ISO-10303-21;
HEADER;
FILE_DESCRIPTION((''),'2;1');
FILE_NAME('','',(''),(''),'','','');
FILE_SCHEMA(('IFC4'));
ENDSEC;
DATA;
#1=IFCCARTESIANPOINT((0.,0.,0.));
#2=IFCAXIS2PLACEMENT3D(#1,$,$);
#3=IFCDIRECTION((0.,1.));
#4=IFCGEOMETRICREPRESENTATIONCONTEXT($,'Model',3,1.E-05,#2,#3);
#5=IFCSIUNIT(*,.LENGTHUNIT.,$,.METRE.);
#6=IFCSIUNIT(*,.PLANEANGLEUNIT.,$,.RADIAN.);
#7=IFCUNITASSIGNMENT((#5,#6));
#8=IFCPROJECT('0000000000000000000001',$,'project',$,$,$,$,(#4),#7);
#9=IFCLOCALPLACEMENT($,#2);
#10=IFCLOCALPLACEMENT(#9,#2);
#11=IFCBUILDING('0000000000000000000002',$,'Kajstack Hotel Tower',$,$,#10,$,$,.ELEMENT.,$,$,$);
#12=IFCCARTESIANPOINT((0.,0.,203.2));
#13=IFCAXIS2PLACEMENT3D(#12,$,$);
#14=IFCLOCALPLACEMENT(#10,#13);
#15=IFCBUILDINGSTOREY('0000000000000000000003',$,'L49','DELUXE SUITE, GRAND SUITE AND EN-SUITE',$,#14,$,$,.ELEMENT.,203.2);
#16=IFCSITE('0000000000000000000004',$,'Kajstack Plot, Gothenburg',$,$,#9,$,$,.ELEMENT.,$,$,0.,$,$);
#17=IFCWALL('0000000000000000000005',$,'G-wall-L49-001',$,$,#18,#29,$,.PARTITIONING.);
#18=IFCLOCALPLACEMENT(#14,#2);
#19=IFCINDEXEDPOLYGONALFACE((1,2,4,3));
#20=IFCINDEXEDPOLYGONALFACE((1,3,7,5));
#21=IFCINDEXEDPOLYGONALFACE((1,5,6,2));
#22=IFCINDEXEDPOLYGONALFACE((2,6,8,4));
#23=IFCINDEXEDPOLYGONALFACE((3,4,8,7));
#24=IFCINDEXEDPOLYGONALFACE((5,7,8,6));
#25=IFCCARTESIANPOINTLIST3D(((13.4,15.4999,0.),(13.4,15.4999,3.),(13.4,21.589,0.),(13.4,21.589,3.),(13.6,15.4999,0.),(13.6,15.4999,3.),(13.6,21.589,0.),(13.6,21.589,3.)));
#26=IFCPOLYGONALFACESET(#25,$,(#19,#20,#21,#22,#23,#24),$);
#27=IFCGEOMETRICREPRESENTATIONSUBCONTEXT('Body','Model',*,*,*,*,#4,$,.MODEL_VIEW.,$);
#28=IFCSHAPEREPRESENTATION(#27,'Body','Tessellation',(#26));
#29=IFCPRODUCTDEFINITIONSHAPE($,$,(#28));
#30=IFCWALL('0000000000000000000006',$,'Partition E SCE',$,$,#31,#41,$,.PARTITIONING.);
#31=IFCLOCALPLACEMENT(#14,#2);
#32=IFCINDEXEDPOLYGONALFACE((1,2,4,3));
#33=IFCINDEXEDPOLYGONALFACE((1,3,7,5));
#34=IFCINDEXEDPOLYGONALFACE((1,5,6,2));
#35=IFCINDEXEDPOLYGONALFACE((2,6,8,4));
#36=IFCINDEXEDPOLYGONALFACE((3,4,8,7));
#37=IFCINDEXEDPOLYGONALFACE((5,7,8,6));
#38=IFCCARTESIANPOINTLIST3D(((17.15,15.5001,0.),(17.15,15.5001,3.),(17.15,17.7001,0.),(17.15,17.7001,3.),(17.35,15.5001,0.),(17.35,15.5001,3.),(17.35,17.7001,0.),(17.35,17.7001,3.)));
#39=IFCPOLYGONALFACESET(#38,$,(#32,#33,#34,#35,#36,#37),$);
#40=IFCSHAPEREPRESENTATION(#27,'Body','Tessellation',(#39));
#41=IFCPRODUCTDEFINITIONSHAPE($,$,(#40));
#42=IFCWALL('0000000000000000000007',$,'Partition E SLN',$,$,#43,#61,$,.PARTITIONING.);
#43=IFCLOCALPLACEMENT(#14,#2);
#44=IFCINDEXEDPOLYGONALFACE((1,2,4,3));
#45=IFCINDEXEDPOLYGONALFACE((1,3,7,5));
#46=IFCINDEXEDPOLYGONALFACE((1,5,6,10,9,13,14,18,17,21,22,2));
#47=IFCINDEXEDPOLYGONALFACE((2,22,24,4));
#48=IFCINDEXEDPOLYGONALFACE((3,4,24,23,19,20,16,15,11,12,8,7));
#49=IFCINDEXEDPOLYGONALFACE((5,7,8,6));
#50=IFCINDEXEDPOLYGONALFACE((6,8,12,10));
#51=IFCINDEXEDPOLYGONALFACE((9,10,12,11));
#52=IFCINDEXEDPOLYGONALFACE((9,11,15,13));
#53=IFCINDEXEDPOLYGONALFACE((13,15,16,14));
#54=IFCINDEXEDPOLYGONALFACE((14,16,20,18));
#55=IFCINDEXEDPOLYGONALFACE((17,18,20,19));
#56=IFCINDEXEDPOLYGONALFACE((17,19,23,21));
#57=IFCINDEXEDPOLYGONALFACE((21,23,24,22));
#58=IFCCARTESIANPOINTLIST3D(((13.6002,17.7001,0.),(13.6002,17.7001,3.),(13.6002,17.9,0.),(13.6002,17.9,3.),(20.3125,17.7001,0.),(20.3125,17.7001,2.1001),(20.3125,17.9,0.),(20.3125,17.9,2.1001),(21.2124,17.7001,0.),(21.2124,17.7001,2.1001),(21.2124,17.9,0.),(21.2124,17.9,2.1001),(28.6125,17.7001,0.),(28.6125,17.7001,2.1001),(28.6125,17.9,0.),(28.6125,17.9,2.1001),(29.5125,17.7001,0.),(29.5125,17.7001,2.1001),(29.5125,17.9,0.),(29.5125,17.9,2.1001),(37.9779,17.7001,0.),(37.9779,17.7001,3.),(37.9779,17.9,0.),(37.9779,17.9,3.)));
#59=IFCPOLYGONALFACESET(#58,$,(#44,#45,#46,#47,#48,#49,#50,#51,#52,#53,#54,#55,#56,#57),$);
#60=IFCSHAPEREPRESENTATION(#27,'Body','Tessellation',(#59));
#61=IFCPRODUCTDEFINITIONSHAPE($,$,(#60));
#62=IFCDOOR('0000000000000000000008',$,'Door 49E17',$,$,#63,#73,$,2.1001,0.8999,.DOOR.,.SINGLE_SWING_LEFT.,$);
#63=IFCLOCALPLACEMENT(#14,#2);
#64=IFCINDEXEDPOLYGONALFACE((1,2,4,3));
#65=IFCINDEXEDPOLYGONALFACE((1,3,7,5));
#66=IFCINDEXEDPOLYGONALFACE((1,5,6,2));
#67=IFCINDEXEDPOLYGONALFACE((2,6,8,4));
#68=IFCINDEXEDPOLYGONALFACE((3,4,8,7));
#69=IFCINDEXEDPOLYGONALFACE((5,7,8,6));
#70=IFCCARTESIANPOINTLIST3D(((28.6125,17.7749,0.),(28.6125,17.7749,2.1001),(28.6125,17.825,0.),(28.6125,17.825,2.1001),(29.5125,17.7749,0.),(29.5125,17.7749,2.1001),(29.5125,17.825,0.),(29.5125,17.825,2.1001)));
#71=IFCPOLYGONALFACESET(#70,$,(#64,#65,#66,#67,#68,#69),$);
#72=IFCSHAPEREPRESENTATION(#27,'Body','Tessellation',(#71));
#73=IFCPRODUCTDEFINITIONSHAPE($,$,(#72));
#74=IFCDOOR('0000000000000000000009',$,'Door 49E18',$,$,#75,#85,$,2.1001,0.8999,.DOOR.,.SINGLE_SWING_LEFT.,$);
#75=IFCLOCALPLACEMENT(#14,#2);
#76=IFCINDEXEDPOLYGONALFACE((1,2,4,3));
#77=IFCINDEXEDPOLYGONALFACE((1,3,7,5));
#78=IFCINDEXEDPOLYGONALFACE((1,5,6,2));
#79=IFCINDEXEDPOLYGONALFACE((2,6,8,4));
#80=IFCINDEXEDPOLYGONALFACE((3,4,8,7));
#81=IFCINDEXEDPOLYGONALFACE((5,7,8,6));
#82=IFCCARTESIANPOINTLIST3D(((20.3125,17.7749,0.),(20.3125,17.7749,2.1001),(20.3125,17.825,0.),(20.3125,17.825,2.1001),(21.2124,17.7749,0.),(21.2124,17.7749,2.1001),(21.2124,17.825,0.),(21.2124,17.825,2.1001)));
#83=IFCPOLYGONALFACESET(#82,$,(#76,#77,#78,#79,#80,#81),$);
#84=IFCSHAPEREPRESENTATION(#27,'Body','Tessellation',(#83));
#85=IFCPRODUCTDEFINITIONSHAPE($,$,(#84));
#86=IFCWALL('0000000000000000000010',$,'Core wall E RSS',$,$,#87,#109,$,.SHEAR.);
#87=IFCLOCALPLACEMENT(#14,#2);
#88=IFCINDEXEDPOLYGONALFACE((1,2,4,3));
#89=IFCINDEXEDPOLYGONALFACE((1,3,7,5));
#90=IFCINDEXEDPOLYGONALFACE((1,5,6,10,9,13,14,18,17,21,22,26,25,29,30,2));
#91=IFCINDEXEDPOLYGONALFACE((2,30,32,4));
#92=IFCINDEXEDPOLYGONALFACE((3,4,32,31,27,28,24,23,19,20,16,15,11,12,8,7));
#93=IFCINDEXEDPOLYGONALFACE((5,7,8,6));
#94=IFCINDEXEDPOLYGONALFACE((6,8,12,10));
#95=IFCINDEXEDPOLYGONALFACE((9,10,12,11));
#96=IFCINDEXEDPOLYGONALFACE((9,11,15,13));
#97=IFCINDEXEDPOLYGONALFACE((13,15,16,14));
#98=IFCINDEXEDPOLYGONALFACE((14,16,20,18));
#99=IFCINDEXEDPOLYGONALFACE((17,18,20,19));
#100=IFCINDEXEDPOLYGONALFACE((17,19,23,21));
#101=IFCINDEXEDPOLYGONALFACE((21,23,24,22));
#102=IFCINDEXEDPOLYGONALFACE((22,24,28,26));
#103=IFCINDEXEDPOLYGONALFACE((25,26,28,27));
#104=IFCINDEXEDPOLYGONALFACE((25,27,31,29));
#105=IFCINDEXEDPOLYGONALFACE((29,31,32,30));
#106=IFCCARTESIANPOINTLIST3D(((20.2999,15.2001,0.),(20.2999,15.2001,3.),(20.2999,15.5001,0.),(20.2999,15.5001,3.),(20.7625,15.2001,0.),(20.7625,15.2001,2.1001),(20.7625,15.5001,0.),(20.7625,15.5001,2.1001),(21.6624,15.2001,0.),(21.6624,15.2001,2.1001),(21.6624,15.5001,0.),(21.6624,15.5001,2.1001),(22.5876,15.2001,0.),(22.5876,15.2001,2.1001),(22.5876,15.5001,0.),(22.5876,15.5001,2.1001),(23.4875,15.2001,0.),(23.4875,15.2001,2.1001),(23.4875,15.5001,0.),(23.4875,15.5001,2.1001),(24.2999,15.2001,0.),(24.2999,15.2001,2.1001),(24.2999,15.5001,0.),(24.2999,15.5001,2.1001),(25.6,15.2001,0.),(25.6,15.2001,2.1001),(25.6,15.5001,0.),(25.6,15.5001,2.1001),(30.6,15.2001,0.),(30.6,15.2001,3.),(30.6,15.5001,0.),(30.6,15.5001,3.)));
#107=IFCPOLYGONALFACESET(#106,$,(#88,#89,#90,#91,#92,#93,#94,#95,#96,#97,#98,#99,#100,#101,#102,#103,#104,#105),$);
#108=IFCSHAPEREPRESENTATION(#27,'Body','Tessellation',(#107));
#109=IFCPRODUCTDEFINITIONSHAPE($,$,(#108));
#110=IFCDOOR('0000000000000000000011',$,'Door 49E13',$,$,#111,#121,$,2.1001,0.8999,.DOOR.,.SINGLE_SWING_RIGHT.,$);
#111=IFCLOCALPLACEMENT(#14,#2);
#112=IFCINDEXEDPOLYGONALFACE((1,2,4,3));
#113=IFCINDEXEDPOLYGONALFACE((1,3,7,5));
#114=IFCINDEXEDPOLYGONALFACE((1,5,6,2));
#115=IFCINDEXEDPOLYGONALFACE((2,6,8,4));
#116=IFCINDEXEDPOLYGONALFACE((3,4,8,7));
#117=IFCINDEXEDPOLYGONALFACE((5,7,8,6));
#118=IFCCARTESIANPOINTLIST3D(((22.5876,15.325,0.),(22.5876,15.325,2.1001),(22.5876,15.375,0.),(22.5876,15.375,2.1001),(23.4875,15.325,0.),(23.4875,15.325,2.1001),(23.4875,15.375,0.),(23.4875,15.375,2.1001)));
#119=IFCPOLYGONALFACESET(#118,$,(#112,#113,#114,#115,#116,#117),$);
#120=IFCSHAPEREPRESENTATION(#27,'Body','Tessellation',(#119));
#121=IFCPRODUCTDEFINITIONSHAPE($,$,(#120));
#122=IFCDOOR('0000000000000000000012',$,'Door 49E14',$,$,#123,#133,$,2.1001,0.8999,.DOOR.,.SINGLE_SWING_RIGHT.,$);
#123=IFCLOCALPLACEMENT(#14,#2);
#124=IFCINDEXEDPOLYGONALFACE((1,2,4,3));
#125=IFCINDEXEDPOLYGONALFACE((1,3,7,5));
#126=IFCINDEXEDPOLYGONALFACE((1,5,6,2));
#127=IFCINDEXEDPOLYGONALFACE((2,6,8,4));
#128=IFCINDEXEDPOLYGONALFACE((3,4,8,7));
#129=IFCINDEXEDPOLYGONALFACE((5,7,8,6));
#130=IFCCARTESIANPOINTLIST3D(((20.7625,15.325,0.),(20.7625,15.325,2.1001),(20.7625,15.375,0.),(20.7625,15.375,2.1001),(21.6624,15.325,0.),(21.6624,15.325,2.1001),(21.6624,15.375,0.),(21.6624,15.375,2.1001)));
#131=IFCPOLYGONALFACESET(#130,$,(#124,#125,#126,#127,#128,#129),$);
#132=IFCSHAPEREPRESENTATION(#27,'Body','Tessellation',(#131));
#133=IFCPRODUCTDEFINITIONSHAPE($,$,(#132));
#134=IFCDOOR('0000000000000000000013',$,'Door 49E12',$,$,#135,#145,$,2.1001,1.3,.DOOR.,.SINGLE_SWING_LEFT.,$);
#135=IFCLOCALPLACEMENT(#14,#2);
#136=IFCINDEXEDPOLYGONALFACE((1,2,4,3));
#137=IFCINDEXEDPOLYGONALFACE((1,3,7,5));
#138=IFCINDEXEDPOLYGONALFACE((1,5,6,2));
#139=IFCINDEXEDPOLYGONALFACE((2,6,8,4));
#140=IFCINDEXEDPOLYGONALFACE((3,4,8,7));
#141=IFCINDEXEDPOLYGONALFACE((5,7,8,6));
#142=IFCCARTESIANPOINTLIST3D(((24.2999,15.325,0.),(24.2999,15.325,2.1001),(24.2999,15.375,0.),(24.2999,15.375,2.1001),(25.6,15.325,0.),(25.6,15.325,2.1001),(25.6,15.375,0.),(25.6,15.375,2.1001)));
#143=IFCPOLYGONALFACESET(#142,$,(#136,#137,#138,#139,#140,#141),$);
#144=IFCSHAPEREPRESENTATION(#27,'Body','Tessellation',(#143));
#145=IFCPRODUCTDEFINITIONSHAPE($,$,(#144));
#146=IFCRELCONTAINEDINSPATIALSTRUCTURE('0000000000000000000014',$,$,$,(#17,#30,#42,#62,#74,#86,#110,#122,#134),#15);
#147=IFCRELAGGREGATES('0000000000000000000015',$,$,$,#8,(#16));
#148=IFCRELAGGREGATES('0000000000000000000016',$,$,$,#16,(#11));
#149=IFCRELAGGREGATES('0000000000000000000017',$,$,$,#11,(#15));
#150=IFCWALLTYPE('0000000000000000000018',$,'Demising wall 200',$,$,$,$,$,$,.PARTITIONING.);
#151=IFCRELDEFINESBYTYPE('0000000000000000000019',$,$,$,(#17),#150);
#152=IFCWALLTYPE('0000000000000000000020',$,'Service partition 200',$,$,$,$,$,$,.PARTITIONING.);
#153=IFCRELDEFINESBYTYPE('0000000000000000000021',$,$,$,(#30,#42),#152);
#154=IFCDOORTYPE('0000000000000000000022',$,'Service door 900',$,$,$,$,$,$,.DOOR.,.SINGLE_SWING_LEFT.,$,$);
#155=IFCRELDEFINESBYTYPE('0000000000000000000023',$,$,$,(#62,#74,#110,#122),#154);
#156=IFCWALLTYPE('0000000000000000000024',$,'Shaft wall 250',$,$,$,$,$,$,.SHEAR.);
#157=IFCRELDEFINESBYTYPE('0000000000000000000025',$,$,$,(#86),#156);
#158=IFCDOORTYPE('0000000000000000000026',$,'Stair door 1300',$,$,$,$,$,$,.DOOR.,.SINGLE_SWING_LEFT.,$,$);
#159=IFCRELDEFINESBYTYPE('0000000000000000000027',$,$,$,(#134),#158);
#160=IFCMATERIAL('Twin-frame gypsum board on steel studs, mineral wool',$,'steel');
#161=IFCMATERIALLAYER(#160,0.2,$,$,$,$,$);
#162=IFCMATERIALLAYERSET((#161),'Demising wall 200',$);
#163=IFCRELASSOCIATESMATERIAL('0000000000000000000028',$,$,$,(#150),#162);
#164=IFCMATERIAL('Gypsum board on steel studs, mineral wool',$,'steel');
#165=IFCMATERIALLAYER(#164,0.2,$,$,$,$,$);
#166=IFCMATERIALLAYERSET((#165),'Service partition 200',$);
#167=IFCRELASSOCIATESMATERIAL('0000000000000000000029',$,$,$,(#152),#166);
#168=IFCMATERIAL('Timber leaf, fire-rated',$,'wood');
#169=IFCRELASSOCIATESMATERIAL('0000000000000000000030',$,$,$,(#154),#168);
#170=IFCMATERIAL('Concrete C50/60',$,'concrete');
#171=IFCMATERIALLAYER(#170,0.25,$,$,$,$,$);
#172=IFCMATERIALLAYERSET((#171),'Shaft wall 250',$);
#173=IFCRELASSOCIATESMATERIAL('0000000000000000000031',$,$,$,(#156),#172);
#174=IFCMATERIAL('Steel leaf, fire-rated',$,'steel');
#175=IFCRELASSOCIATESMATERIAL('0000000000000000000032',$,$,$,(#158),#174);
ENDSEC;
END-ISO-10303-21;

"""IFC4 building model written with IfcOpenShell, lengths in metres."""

from ifc_helpers import new_model, si_unit, direction, frame, frame_2d, origin, place, context, subcontext, project, spatial, rectangle, extrude, material, layer, layer_set, type_object, element, fill, save


model = new_model("IFC4")

# Units and contexts
model_context = context("Model", 3, precision=1e-05, world=origin(), true_north=direction((0.0, 1.0)))
body_context = subcontext(model_context, "Body", "Model", "MODEL_VIEW")
ifc_project = project(units=[si_unit("LENGTHUNIT", "METRE"), si_unit("PLANEANGLEUNIT", "RADIAN")], contexts=[model_context])

# Site, building, storey
site_placement = place(None, origin())
site = spatial("IfcSite", under=ifc_project, at=site_placement, Name="Kajstack Plot, Gothenburg", CompositionType="ELEMENT", RefElevation=0.0)
building_placement = place(site_placement, origin())
building = spatial("IfcBuilding", under=site, at=building_placement, Name="Kajstack Hotel Tower", CompositionType="ELEMENT")
storey_placement = place(building_placement, frame((0.0, 0.0, 203.2)))
storey = spatial("IfcBuildingStorey", under=building, at=storey_placement, Name="L49", Description="DELUXE SUITE, GRAND SUITE AND EN-SUITE", CompositionType="ELEMENT", Elevation=203.2)

# Wall
ifc_material_1 = material(Name="Twin-frame gypsum board on steel studs, mineral wool", Category="steel")
ifc_layer_1 = layer(ifc_material_1, 0.2)
ifc_layer_set_1 = layer_set([ifc_layer_1], Name="Demising wall 200")
wall_type_1 = type_object("IfcWallType", Name="Demising wall 200", PredefinedType="PARTITIONING", material=ifc_layer_set_1)
wall_1_placement = place(storey_placement, frame((13.5, 15.5, 0.0), z_axis=(0.0, 0.0, 1.0), x_axis=(0.0, 1.0, 0.0)))
element("IfcWall", 1, at=wall_1_placement, inside=storey, type_object=wall_type_1, Name="G-wall-L49-001", PredefinedType="PARTITIONING", context=body_context, shape_type="SweptSolid", body=[
    extrude(rectangle(XDim=6.0891, YDim=0.2, at=frame_2d((3.0444, 0.0))), origin(), (0.0, 0.0, 1.0), 3.0),
])

# Wall
ifc_material_2 = material(Name="Gypsum board on steel studs, mineral wool", Category="steel")
ifc_layer_2 = layer(ifc_material_2, 0.2)
ifc_layer_set_2 = layer_set([ifc_layer_2], Name="Service partition 200")
wall_type_2 = type_object("IfcWallType", Name="Service partition 200", PredefinedType="PARTITIONING", material=ifc_layer_set_2)
wall_2_placement = place(storey_placement, frame((17.25, 15.5, 0.0), z_axis=(0.0, 0.0, 1.0), x_axis=(0.0, 1.0, 0.0)))
element("IfcWall", 2, at=wall_2_placement, inside=storey, type_object=wall_type_2, Name="Partition E SCE", PredefinedType="PARTITIONING", context=body_context, shape_type="SweptSolid", body=[
    extrude(rectangle(XDim=2.2, YDim=0.2, at=frame_2d((1.1001, 0.0))), origin(), (0.0, 0.0, 1.0), 3.0),
])

# Walls, openings, doors
wall_3_placement = place(storey_placement, frame((13.6001, 17.8, 0.0), z_axis=(0.0, 0.0, 1.0), x_axis=(1.0, 0.0, 0.0)))
wall_3 = element("IfcWall", 3, at=wall_3_placement, inside=storey, type_object=wall_type_2, Name="Partition E SLN", PredefinedType="PARTITIONING", context=body_context, shape_type="SweptSolid", body=[
    extrude(rectangle(XDim=24.3777, YDim=0.2, at=frame_2d((12.189, 0.0))), origin(), (0.0, 0.0, 1.0), 3.0),
])
opening_1_placement = place(wall_3_placement, frame((15.0125, 0.0, 0.0)))
opening_1 = element("IfcOpeningElement", 4, at=opening_1_placement, cuts=wall_3, PredefinedType="OPENING", context=body_context, shape_type="SweptSolid", body=[
    extrude(rectangle(XDim=0.8999, YDim=2.1001, at=frame_2d((0.45, 1.05))), frame((0.0, 0.1099, 0.0), z_axis=(0.0, -1.0, 0.0), x_axis=(1.0, 0.0, 0.0)), (0.0, 0.0, 1.0), 0.22),
])
opening_2_placement = place(wall_3_placement, frame((6.7124, 0.0, 0.0)))
opening_2 = element("IfcOpeningElement", 5, at=opening_2_placement, cuts=wall_3, PredefinedType="OPENING", context=body_context, shape_type="SweptSolid", body=[
    extrude(rectangle(XDim=0.8999, YDim=2.1001, at=frame_2d((0.45, 1.05))), frame((0.0, 0.1099, 0.0), z_axis=(0.0, -1.0, 0.0), x_axis=(1.0, 0.0, 0.0)), (0.0, 0.0, 1.0), 0.22),
])
ifc_material_3 = material(Name="Timber leaf, fire-rated", Category="wood")
door_type_1 = type_object("IfcDoorType", Name="Service door 900", OperationType="SINGLE_SWING_LEFT", PredefinedType="DOOR", material=ifc_material_3)
door_1_placement = place(opening_1_placement, origin())
door_1 = element("IfcDoor", 6, at=door_1_placement, inside=storey, type_object=door_type_1, Name="Door 49E17", OperationType="SINGLE_SWING_LEFT", OverallHeight=2.1001, OverallWidth=0.8999, PredefinedType="DOOR", context=body_context, shape_type="SweptSolid", body=[
    extrude(rectangle(XDim=0.8999, YDim=2.1001, at=frame_2d((0.45, 1.05))), frame((0.0, 0.0249, 0.0), z_axis=(0.0, -1.0, 0.0), x_axis=(1.0, 0.0, 0.0)), (0.0, 0.0, 1.0), 0.05),
])
fill(opening_1, door_1)
door_2_placement = place(opening_2_placement, origin())
door_2 = element("IfcDoor", 7, at=door_2_placement, inside=storey, type_object=door_type_1, Name="Door 49E18", OperationType="SINGLE_SWING_LEFT", OverallHeight=2.1001, OverallWidth=0.8999, PredefinedType="DOOR", context=body_context, shape_type="SweptSolid", body=[
    extrude(rectangle(XDim=0.8999, YDim=2.1001, at=frame_2d((0.45, 1.05))), frame((0.0, 0.0249, 0.0), z_axis=(0.0, -1.0, 0.0), x_axis=(1.0, 0.0, 0.0)), (0.0, 0.0, 1.0), 0.05),
])
fill(opening_2, door_2)
ifc_material_4 = material(Name="Concrete C50/60", Category="concrete")
ifc_layer_3 = layer(ifc_material_4, 0.25)
ifc_layer_set_3 = layer_set([ifc_layer_3], Name="Shaft wall 250")
wall_type_3 = type_object("IfcWallType", Name="Shaft wall 250", PredefinedType="SHEAR", material=ifc_layer_set_3)
wall_4_placement = place(storey_placement, frame((20.3, 15.3501, 0.0), z_axis=(0.0, 0.0, 1.0), x_axis=(1.0, 0.0, 0.0)))
wall_4 = element("IfcWall", 8, at=wall_4_placement, inside=storey, type_object=wall_type_3, Name="Core wall E RSS", PredefinedType="SHEAR", context=body_context, shape_type="SweptSolid", body=[
    extrude(rectangle(XDim=10.3, YDim=0.3, at=frame_2d((5.1499, 0.0))), origin(), (0.0, 0.0, 1.0), 3.0),
])
opening_3_placement = place(wall_4_placement, frame((4.0, 0.0, 0.0)))
opening_3 = element("IfcOpeningElement", 9, at=opening_3_placement, cuts=wall_4, PredefinedType="OPENING", context=body_context, shape_type="SweptSolid", body=[
    extrude(rectangle(XDim=1.3, YDim=2.1001, at=frame_2d((0.6499, 1.05))), frame((0.0, 0.1599, 0.0), z_axis=(0.0, -1.0, 0.0), x_axis=(1.0, 0.0, 0.0)), (0.0, 0.0, 1.0), 0.3201),
])
opening_4_placement = place(wall_4_placement, frame((2.2876, 0.0, 0.0)))
opening_4 = element("IfcOpeningElement", 10, at=opening_4_placement, cuts=wall_4, PredefinedType="OPENING", context=body_context, shape_type="SweptSolid", body=[
    extrude(rectangle(XDim=0.8999, YDim=2.1001, at=frame_2d((0.45, 1.05))), frame((0.0, 0.1599, 0.0), z_axis=(0.0, -1.0, 0.0), x_axis=(1.0, 0.0, 0.0)), (0.0, 0.0, 1.0), 0.3201),
])
opening_5_placement = place(wall_4_placement, frame((0.4624, 0.0, 0.0)))
opening_5 = element("IfcOpeningElement", 11, at=opening_5_placement, cuts=wall_4, PredefinedType="OPENING", context=body_context, shape_type="SweptSolid", body=[
    extrude(rectangle(XDim=0.8999, YDim=2.1001, at=frame_2d((0.45, 1.05))), frame((0.0, 0.1599, 0.0), z_axis=(0.0, -1.0, 0.0), x_axis=(1.0, 0.0, 0.0)), (0.0, 0.0, 1.0), 0.3201),
])
door_3_placement = place(opening_4_placement, origin())
door_3 = element("IfcDoor", 12, at=door_3_placement, inside=storey, type_object=door_type_1, Name="Door 49E13", OperationType="SINGLE_SWING_RIGHT", OverallHeight=2.1001, OverallWidth=0.8999, PredefinedType="DOOR", context=body_context, shape_type="SweptSolid", body=[
    extrude(rectangle(XDim=0.8999, YDim=2.1001, at=frame_2d((0.45, 1.05))), frame((0.0, 0.0249, 0.0), z_axis=(0.0, -1.0, 0.0), x_axis=(1.0, 0.0, 0.0)), (0.0, 0.0, 1.0), 0.05),
])
fill(opening_4, door_3)
door_4_placement = place(opening_5_placement, origin())
door_4 = element("IfcDoor", 13, at=door_4_placement, inside=storey, type_object=door_type_1, Name="Door 49E14", OperationType="SINGLE_SWING_RIGHT", OverallHeight=2.1001, OverallWidth=0.8999, PredefinedType="DOOR", context=body_context, shape_type="SweptSolid", body=[
    extrude(rectangle(XDim=0.8999, YDim=2.1001, at=frame_2d((0.45, 1.05))), frame((0.0, 0.0249, 0.0), z_axis=(0.0, -1.0, 0.0), x_axis=(1.0, 0.0, 0.0)), (0.0, 0.0, 1.0), 0.05),
])
fill(opening_5, door_4)
ifc_material_5 = material(Name="Steel leaf, fire-rated", Category="steel")
door_type_2 = type_object("IfcDoorType", Name="Stair door 1300", OperationType="SINGLE_SWING_LEFT", PredefinedType="DOOR", material=ifc_material_5)
door_5_placement = place(opening_3_placement, origin())
door_5 = element("IfcDoor", 14, at=door_5_placement, inside=storey, type_object=door_type_2, Name="Door 49E12", OperationType="SINGLE_SWING_LEFT", OverallHeight=2.1001, OverallWidth=1.3, PredefinedType="DOOR", context=body_context, shape_type="SweptSolid", body=[
    extrude(rectangle(XDim=1.3, YDim=2.1001, at=frame_2d((0.6499, 1.05))), frame((0.0, 0.0249, 0.0), z_axis=(0.0, -1.0, 0.0), x_axis=(1.0, 0.0, 0.0)), (0.0, 0.0, 1.0), 0.05),
])
fill(opening_3, door_5)

save(model, "model.ifc")
